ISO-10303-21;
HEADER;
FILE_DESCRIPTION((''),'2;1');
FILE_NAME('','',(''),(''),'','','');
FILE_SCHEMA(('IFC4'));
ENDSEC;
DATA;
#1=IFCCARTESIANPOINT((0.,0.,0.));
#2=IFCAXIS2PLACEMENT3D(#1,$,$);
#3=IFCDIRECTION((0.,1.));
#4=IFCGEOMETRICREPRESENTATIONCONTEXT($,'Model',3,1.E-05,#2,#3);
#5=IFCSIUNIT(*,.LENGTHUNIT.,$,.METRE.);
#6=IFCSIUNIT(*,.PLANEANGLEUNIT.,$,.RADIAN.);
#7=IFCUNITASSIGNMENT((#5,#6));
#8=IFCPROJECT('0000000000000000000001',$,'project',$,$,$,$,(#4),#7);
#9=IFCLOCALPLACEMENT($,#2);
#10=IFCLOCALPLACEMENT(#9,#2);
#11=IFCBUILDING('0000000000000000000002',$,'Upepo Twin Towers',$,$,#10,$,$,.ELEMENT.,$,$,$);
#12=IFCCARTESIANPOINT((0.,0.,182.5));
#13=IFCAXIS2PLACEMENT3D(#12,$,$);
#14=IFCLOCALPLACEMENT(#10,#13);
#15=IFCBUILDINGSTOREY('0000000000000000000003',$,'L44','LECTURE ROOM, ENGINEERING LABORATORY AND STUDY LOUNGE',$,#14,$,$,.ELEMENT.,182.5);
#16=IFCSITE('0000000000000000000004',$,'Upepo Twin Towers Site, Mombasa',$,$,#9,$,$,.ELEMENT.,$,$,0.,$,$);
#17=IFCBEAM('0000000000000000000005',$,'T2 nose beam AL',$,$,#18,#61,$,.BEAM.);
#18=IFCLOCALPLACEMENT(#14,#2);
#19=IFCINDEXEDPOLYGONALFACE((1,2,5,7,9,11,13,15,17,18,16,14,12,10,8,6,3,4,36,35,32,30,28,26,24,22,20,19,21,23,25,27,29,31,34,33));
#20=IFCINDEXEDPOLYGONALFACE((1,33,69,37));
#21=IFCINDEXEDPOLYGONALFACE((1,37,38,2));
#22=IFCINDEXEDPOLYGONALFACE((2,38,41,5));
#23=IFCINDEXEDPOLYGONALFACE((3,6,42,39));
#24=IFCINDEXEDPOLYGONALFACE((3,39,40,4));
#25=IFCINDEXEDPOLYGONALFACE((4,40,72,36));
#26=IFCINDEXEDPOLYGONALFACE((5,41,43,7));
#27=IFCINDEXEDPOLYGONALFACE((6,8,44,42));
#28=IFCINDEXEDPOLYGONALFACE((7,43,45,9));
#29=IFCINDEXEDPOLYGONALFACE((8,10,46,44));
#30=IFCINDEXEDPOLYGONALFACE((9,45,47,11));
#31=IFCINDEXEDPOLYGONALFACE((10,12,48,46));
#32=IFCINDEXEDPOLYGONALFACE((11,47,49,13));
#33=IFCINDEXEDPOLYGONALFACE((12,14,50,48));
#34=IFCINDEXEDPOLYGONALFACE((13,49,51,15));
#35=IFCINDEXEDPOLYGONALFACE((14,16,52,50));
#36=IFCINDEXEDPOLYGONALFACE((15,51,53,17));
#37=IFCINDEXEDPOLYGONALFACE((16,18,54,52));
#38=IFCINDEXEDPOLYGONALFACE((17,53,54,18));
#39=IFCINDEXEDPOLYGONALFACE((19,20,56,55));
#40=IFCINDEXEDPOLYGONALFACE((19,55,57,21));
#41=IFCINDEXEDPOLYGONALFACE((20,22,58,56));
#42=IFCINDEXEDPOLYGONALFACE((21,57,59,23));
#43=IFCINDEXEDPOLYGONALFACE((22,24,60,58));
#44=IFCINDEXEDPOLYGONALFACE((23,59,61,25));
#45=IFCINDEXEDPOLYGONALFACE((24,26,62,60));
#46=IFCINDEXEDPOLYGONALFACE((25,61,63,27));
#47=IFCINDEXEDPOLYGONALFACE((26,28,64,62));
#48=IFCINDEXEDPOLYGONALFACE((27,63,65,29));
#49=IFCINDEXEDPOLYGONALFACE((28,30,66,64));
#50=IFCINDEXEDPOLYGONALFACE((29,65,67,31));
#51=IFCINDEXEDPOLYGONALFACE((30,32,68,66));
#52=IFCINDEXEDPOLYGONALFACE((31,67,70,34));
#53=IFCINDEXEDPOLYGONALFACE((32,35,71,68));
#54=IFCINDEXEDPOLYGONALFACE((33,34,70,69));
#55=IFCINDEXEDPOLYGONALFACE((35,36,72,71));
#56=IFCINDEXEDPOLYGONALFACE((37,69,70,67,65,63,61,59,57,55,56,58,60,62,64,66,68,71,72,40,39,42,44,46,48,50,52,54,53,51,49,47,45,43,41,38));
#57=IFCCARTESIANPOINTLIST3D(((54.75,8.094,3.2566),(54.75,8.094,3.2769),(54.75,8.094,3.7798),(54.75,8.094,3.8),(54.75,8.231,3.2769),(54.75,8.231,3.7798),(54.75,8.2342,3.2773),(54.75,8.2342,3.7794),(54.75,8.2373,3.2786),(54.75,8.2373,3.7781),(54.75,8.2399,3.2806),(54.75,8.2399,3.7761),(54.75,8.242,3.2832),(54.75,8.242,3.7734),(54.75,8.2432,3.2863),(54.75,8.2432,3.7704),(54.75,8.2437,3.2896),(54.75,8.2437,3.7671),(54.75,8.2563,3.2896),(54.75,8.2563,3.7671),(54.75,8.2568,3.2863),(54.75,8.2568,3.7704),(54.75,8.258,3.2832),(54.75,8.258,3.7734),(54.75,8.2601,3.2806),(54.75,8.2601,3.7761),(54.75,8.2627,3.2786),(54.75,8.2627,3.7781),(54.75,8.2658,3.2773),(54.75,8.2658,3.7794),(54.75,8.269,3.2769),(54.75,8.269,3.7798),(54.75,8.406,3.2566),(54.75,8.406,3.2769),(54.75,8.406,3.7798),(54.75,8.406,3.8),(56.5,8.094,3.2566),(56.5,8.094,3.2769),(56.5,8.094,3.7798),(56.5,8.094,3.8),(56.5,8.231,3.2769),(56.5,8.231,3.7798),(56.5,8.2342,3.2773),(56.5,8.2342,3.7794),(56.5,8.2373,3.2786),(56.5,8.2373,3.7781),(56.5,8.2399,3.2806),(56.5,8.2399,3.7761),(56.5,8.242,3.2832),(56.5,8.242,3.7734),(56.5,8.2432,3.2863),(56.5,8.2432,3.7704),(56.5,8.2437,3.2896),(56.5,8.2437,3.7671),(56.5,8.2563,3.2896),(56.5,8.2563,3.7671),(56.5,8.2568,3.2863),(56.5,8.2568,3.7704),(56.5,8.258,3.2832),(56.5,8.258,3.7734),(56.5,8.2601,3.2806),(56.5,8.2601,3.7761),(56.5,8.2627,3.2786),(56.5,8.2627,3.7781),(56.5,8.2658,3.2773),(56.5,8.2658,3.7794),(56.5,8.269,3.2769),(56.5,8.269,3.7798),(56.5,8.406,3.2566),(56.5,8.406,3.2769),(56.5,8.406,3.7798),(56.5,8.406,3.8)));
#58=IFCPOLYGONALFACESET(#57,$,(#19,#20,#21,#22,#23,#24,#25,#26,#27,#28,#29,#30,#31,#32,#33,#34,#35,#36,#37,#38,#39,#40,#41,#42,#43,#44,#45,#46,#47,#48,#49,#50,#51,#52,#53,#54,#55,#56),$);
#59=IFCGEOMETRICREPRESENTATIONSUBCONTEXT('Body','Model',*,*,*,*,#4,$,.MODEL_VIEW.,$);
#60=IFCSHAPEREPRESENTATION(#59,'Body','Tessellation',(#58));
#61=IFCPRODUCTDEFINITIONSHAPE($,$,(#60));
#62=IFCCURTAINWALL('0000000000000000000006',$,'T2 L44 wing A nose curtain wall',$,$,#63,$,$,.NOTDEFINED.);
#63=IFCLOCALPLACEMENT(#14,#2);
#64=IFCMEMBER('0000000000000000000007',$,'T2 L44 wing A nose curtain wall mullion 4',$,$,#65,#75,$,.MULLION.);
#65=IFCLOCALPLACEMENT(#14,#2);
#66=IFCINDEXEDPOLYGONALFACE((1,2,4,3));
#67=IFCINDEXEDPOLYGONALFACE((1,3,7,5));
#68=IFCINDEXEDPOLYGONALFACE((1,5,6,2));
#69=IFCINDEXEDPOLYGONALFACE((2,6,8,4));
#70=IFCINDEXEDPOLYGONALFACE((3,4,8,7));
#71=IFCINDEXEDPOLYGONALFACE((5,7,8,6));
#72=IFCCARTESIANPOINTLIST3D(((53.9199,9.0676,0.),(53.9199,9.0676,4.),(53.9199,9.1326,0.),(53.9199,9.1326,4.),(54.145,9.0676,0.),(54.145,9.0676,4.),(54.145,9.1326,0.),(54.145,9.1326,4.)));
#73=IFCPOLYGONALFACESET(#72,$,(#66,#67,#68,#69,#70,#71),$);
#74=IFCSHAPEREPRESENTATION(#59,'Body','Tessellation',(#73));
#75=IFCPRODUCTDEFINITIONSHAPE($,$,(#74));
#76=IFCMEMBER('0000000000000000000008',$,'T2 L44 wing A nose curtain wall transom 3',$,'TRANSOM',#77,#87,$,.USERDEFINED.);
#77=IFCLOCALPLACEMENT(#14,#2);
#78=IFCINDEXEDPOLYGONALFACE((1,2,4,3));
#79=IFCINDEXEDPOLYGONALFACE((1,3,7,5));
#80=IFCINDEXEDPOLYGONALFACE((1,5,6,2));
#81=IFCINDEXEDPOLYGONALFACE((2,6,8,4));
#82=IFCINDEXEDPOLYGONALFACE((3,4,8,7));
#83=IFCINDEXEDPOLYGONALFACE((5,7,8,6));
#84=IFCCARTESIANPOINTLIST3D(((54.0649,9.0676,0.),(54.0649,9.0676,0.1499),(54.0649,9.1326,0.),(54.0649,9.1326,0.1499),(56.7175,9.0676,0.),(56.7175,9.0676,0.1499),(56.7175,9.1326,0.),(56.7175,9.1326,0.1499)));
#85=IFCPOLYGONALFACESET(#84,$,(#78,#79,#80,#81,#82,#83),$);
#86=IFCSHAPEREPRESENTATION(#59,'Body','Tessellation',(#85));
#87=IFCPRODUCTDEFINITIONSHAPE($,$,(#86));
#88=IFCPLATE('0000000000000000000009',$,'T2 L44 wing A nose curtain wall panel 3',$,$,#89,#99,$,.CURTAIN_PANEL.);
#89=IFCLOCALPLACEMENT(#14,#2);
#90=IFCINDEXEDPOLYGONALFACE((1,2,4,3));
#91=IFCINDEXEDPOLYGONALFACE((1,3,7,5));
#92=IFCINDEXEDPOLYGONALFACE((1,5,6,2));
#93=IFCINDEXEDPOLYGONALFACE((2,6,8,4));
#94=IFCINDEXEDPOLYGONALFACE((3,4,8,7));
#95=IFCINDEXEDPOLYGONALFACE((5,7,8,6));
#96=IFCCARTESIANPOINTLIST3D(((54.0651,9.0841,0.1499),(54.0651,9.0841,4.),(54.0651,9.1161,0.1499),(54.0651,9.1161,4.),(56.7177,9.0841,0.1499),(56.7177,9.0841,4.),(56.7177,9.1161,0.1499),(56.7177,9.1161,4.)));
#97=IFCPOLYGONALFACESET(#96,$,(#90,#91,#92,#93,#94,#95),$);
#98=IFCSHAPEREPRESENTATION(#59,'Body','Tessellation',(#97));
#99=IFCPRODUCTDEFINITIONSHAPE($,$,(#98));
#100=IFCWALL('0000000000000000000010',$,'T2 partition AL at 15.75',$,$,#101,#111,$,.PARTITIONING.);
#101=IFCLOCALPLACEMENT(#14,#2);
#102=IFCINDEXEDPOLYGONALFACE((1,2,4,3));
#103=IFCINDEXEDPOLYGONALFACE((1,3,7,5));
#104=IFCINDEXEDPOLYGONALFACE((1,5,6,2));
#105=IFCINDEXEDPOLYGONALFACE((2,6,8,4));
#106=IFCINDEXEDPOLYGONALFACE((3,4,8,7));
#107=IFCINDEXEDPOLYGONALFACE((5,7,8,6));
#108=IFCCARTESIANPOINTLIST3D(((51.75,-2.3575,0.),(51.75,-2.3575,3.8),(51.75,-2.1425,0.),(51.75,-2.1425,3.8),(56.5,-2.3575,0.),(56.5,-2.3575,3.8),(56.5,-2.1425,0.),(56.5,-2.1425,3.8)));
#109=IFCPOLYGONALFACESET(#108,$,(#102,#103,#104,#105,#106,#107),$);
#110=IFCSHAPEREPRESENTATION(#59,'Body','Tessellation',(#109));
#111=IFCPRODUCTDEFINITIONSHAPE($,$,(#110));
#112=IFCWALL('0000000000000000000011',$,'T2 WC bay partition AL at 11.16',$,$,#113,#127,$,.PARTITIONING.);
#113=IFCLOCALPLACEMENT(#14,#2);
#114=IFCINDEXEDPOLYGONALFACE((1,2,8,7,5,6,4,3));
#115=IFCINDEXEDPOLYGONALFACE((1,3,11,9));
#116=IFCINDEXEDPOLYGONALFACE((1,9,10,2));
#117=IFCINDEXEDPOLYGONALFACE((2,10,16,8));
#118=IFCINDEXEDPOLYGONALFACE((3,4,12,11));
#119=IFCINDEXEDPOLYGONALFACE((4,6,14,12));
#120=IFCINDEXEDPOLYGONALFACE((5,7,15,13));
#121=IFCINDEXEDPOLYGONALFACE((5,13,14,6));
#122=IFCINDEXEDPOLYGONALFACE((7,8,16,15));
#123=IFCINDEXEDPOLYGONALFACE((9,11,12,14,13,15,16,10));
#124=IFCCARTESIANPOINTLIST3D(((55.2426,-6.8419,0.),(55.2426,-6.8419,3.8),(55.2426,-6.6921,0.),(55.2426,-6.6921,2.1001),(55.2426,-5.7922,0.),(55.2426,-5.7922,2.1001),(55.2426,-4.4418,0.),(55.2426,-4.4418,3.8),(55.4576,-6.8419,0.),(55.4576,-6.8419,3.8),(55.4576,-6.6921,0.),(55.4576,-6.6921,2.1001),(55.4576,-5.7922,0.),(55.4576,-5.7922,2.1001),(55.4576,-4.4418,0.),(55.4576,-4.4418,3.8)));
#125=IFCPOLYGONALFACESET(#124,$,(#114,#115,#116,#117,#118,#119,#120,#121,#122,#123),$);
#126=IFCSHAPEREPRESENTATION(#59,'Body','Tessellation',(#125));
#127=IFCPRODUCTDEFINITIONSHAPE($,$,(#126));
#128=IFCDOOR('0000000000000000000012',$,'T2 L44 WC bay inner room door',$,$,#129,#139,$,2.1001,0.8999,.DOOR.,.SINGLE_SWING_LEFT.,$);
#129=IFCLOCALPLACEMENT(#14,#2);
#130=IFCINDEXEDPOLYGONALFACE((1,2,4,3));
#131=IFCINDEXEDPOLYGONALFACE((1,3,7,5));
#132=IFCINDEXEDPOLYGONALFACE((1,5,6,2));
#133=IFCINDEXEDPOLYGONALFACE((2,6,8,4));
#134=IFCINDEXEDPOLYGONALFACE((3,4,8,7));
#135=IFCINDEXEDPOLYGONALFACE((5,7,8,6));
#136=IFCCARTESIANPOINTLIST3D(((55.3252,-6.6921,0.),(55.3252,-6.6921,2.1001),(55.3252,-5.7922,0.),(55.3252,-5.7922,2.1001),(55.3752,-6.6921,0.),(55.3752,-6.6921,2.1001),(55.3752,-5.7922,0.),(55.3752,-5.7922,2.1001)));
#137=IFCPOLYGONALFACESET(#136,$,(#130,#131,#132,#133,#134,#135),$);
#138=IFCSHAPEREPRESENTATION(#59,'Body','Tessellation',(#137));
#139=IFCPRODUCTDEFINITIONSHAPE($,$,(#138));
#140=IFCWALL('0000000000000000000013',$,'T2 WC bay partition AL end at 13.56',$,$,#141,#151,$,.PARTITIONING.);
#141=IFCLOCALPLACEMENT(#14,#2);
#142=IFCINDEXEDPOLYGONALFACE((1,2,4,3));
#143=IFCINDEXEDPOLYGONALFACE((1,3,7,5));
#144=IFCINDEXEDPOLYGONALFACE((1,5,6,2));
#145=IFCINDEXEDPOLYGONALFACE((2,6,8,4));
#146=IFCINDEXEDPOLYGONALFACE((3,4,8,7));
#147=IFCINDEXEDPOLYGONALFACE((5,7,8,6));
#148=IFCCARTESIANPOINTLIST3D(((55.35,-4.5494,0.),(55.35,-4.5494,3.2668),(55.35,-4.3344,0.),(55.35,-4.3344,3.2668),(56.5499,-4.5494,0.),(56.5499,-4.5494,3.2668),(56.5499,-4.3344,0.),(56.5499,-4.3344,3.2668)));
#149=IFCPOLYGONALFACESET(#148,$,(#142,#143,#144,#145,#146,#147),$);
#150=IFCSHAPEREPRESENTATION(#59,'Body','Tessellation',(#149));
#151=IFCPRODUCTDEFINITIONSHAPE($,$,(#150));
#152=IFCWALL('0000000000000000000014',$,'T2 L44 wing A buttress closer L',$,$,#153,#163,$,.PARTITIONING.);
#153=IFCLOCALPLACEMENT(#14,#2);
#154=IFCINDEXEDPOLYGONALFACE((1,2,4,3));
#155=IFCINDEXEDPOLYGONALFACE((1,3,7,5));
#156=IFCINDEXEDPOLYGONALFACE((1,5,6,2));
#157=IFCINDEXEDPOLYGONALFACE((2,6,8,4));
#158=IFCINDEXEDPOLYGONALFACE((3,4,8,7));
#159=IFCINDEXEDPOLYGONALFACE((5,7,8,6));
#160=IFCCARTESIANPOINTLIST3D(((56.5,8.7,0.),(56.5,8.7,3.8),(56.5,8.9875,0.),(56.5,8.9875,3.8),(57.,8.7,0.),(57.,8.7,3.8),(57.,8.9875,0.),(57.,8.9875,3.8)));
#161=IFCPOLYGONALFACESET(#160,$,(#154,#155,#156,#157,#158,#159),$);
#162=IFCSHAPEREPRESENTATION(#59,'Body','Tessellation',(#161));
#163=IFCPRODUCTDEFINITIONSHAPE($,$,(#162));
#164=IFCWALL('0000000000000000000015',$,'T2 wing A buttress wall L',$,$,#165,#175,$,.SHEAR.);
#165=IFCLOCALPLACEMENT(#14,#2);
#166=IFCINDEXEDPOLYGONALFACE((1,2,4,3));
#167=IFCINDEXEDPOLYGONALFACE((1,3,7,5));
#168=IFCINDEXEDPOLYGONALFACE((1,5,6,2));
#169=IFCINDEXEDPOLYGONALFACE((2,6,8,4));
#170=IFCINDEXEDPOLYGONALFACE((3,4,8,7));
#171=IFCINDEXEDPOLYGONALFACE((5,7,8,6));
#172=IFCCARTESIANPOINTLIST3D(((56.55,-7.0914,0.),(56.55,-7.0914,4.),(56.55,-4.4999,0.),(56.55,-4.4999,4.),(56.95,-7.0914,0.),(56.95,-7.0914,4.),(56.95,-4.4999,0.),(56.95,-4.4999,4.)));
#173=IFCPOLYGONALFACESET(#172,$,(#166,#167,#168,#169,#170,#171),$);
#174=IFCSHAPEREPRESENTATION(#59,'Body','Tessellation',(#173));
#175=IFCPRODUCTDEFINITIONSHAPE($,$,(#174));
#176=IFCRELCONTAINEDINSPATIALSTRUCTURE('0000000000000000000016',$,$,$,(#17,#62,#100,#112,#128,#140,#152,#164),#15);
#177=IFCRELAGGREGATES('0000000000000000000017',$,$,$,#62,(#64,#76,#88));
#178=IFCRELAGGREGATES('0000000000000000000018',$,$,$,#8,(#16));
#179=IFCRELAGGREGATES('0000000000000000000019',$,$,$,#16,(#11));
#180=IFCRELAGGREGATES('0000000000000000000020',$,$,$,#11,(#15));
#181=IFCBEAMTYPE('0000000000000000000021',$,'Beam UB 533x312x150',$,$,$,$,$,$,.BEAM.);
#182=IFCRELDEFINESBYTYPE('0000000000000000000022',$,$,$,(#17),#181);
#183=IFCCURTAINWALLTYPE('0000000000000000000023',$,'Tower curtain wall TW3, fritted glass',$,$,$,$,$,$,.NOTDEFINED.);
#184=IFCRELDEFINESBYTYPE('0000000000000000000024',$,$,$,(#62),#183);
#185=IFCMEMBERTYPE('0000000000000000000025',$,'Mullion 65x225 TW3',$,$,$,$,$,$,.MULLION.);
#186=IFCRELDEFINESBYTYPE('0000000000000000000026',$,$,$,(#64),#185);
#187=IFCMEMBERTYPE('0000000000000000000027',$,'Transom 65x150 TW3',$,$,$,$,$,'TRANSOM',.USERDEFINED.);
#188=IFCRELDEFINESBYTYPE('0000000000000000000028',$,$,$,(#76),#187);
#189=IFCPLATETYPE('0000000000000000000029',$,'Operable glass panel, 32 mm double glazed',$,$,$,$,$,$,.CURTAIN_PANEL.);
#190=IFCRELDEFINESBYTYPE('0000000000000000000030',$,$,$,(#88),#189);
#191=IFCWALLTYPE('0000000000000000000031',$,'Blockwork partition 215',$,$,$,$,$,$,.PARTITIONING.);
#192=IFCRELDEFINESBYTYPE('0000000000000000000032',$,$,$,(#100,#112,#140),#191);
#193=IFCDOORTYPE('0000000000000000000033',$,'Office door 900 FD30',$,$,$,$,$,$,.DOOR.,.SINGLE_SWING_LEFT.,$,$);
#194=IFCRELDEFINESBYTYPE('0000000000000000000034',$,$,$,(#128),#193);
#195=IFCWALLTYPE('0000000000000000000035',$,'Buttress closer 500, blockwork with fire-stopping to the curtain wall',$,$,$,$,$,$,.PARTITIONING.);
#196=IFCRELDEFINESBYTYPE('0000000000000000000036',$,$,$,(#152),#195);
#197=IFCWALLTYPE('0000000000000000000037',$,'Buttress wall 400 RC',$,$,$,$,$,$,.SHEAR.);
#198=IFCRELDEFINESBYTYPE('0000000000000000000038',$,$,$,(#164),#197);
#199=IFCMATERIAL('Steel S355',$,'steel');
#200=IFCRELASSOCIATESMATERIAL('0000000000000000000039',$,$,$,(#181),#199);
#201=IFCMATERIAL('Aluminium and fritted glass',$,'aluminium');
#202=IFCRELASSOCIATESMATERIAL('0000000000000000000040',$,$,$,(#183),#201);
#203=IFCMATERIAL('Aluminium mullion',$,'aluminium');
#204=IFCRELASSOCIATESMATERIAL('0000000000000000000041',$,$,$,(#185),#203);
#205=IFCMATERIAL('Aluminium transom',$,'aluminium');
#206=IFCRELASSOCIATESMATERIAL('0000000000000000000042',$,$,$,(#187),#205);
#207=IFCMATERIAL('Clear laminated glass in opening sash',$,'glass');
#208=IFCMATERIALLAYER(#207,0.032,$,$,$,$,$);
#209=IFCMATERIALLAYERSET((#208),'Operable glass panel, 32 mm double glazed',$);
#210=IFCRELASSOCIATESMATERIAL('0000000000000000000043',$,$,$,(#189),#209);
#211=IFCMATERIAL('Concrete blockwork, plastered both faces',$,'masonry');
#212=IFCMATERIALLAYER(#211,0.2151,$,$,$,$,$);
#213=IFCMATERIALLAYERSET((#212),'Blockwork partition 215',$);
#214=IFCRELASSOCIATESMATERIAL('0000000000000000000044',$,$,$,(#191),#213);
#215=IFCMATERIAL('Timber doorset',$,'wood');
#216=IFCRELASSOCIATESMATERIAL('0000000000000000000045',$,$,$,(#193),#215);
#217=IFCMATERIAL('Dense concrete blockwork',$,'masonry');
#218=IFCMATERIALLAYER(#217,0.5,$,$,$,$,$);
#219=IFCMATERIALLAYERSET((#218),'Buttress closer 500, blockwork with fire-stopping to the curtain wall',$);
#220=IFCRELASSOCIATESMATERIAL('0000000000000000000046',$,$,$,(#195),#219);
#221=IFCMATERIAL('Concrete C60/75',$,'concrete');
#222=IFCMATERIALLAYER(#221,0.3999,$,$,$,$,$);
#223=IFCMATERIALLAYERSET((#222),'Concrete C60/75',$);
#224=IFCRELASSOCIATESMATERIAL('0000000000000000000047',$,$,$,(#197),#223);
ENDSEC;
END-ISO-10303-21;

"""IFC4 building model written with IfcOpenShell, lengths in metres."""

from ifc_helpers import new_model, si_unit, direction, frame, frame_2d, origin, origin_2d, place, context, subcontext, project, spatial, rectangle, i_section, extrude, material, layer, layer_set, material_profile, profile_set, type_object, element, fill, aggregate, save


model = new_model("IFC4")

# Units and contexts
model_context = context("Model", 3, precision=1e-05, world=origin(), true_north=direction((0.0, 1.0)))
body_context = subcontext(model_context, "Body", "Model", "MODEL_VIEW")
ifc_project = project(units=[si_unit("LENGTHUNIT", "METRE"), si_unit("PLANEANGLEUNIT", "RADIAN")], contexts=[model_context])

# Site, building, storey
site_placement = place(None, origin())
site = spatial("IfcSite", under=ifc_project, at=site_placement, Name="Upepo Twin Towers Site, Mombasa", CompositionType="ELEMENT", RefElevation=0.0)
building_placement = place(site_placement, origin())
building = spatial("IfcBuilding", under=site, at=building_placement, Name="Upepo Twin Towers", CompositionType="ELEMENT")
storey_placement = place(building_placement, frame((0.0, 0.0, 182.5)))
storey = spatial("IfcBuildingStorey", under=building, at=storey_placement, Name="L44", Description="LECTURE ROOM, ENGINEERING LABORATORY AND STUDY LOUNGE", CompositionType="ELEMENT", Elevation=182.5)

# Beam
ifc_material_1 = material(Name="Steel S355", Category="steel")
ifc_material_profile_1 = material_profile(ifc_material_1, i_section(OverallWidth=0.312, OverallDepth=0.5435, WebThickness=0.0127, FlangeThickness=0.0203, FilletRadius=0.0127, at=origin_2d()), Name="UB 533x312x150")
ifc_profile_set_1 = profile_set([ifc_material_profile_1], Name="Steel S355")
beam_type_1 = type_object("IfcBeamType", Name="Beam UB 533x312x150", PredefinedType="BEAM", material=ifc_profile_set_1)
beam_1_placement = place(storey_placement, frame((54.75, 8.25, 3.5283), z_axis=(1.0, 0.0, 0.0), x_axis=(0.0, 1.0, 0.0)))
element("IfcBeam", 1, at=beam_1_placement, inside=storey, type_object=beam_type_1, Name="T2 nose beam AL", PredefinedType="BEAM", context=body_context, shape_type="SweptSolid", body=[
    extrude(i_section(OverallWidth=0.312, OverallDepth=0.5435, WebThickness=0.0127, FlangeThickness=0.0203, FilletRadius=0.0127, at=origin_2d()), origin(), (0.0, 0.0, 1.0), 1.75),
])

# Curtain wall, members, plate
ifc_material_2 = material(Name="Aluminium and fritted glass", Category="aluminium")
curtain_wall_type = type_object("IfcCurtainWallType", Name="Tower curtain wall TW3, fritted glass", PredefinedType="NOTDEFINED", material=ifc_material_2)
curtain_wall_placement = place(storey_placement, origin())
curtain_wall = element("IfcCurtainWall", 2, at=curtain_wall_placement, inside=storey, type_object=curtain_wall_type, Name="T2 L44 wing A nose curtain wall", PredefinedType="NOTDEFINED")
ifc_material_3 = material(Name="Aluminium mullion", Category="aluminium")
ifc_material_profile_2 = material_profile(ifc_material_3, rectangle(XDim=0.0649, YDim=0.2251, at=origin_2d()), Name="MULLION 65x225")
ifc_profile_set_2 = profile_set([ifc_material_profile_2], Name="Aluminium mullion")
member_type_1 = type_object("IfcMemberType", Name="Mullion 65x225 TW3", PredefinedType="MULLION", material=ifc_profile_set_2)
member_1_placement = place(storey_placement, frame((54.0325, 9.1001, 0.0), z_axis=(0.0, 0.0, 1.0), x_axis=(0.0, -1.0, 0.0)))
member_1 = element("IfcMember", 3, at=member_1_placement, type_object=member_type_1, Name="T2 L44 wing A nose curtain wall mullion 4", PredefinedType="MULLION", context=body_context, shape_type="SweptSolid", body=[
    extrude(rectangle(XDim=0.0649, YDim=0.2251, at=origin_2d()), origin(), (0.0, 0.0, 1.0), 4.0),
])
ifc_material_4 = material(Name="Aluminium transom", Category="aluminium")
ifc_material_profile_3 = material_profile(ifc_material_4, rectangle(XDim=0.0649, YDim=0.1499, at=origin_2d()), Name="TRANSOM 65x150")
ifc_profile_set_3 = profile_set([ifc_material_profile_3], Name="Aluminium transom")
member_type_2 = type_object("IfcMemberType", Name="Transom 65x150 TW3", ElementType="TRANSOM", PredefinedType="USERDEFINED", material=ifc_profile_set_3)
member_2_placement = place(storey_placement, frame((56.7175, 9.1001, 0.075), z_axis=(-1.0, 0.0, 0.0), x_axis=(0.0, -1.0, 0.0)))
member_2 = element("IfcMember", 4, at=member_2_placement, type_object=member_type_2, Name="T2 L44 wing A nose curtain wall transom 3", ObjectType="TRANSOM", PredefinedType="USERDEFINED", context=body_context, shape_type="SweptSolid", body=[
    extrude(rectangle(XDim=0.0649, YDim=0.1499, at=origin_2d()), origin(), (0.0, 0.0, 1.0), 2.6526),
])
ifc_material_5 = material(Name="Clear laminated glass in opening sash", Category="glass")
ifc_layer_1 = layer(ifc_material_5, 0.032)
ifc_layer_set_1 = layer_set([ifc_layer_1], Name="Operable glass panel, 32 mm double glazed")
plate_type = type_object("IfcPlateType", Name="Operable glass panel, 32 mm double glazed", PredefinedType="CURTAIN_PANEL", material=ifc_layer_set_1)
plate_placement = place(storey_placement, frame((55.3914, 9.1001, 0.1499), z_axis=(0.0, 0.0, 1.0), x_axis=(-1.0, 0.0, 0.0)))
plate = element("IfcPlate", 5, at=plate_placement, type_object=plate_type, Name="T2 L44 wing A nose curtain wall panel 3", PredefinedType="CURTAIN_PANEL", context=body_context, shape_type="SweptSolid", body=[
    extrude(rectangle(XDim=2.6526, YDim=0.032, at=origin_2d()), origin(), (0.0, 0.0, 1.0), 3.8501),
])
aggregate(curtain_wall, [member_1, member_2, plate])

# Wall
ifc_material_6 = material(Name="Concrete blockwork, plastered both faces", Category="masonry")
ifc_layer_2 = layer(ifc_material_6, 0.2151)
ifc_layer_set_2 = layer_set([ifc_layer_2], Name="Blockwork partition 215")
wall_type_1 = type_object("IfcWallType", Name="Blockwork partition 215", PredefinedType="PARTITIONING", material=ifc_layer_set_2)
wall_1_placement = place(storey_placement, frame((56.5, -2.25, 0.0), z_axis=(0.0, 0.0, 1.0), x_axis=(-1.0, 0.0, 0.0)))
element("IfcWall", 6, at=wall_1_placement, inside=storey, type_object=wall_type_1, Name="T2 partition AL at 15.75", PredefinedType="PARTITIONING", context=body_context, shape_type="SweptSolid", body=[
    extrude(rectangle(XDim=4.75, YDim=0.2151, at=frame_2d((2.375, 0.0))), origin(), (0.0, 0.0, 1.0), 3.8),
])

# Wall, opening, door
wall_2_placement = place(storey_placement, frame((55.3501, -6.842, 0.0), z_axis=(0.0, 0.0, 1.0), x_axis=(0.0, 1.0, 0.0)))
wall_2 = element("IfcWall", 7, at=wall_2_placement, inside=storey, type_object=wall_type_1, Name="T2 WC bay partition AL at 11.16", PredefinedType="PARTITIONING", context=body_context, shape_type="SweptSolid", body=[
    extrude(rectangle(XDim=2.4001, YDim=0.2151, at=frame_2d((1.2002, 0.0))), origin(), (0.0, 0.0, 1.0), 3.8),
])
opening_1_placement = place(wall_2_placement, frame((0.1499, 0.0, 0.0)))
opening_1 = element("IfcOpeningElement", 8, at=opening_1_placement, cuts=wall_2, PredefinedType="OPENING", context=body_context, shape_type="SweptSolid", body=[
    extrude(rectangle(XDim=0.8999, YDim=2.1001, at=frame_2d((0.45, 1.05))), frame((0.0, 0.1174, 0.0), z_axis=(0.0, -1.0, 0.0), x_axis=(1.0, 0.0, 0.0)), (0.0, 0.0, 1.0), 0.2351),
])
ifc_material_7 = material(Name="Timber doorset", Category="wood")
door_type_1 = type_object("IfcDoorType", Name="Office door 900 FD30", OperationType="SINGLE_SWING_LEFT", PredefinedType="DOOR", material=ifc_material_7)
door_1_placement = place(opening_1_placement, origin())
door_1 = element("IfcDoor", 9, at=door_1_placement, inside=storey, type_object=door_type_1, Name="T2 L44 WC bay inner room door", OperationType="SINGLE_SWING_LEFT", OverallHeight=2.1001, OverallWidth=0.8999, PredefinedType="DOOR", context=body_context, shape_type="SweptSolid", body=[
    extrude(rectangle(XDim=0.8999, YDim=2.1001, at=frame_2d((0.45, 1.05))), frame((0.0, 0.0249, 0.0), z_axis=(0.0, -1.0, 0.0), x_axis=(1.0, 0.0, 0.0)), (0.0, 0.0, 1.0), 0.05),
])
fill(opening_1, door_1)

# Walls
wall_3_placement = place(storey_placement, frame((56.55, -4.4419, 0.0), z_axis=(0.0, 0.0, 1.0), x_axis=(-1.0, 0.0, 0.0)))
element("IfcWall", 10, at=wall_3_placement, inside=storey, type_object=wall_type_1, Name="T2 WC bay partition AL end at 13.56", PredefinedType="PARTITIONING", context=body_context, shape_type="SweptSolid", body=[
    extrude(rectangle(XDim=1.2, YDim=0.2151, at=frame_2d((0.6001, 0.0))), origin(), (0.0, 0.0, 1.0), 3.2668),
])
ifc_material_8 = material(Name="Dense concrete blockwork", Category="masonry")
ifc_layer_3 = layer(ifc_material_8, 0.5)
ifc_layer_set_3 = layer_set([ifc_layer_3], Name="Buttress closer 500, blockwork with fire-stopping to the curtain wall")
wall_type_2 = type_object("IfcWallType", Name="Buttress closer 500, blockwork with fire-stopping to the curtain wall", PredefinedType="PARTITIONING", material=ifc_layer_set_3)
wall_4_placement = place(storey_placement, frame((56.75, 8.7, 0.0), z_axis=(0.0, 0.0, 1.0), x_axis=(0.0, 1.0, 0.0)))
element("IfcWall", 11, at=wall_4_placement, inside=storey, type_object=wall_type_2, Name="T2 L44 wing A buttress closer L", PredefinedType="PARTITIONING", context=body_context, shape_type="SweptSolid", body=[
    extrude(rectangle(XDim=0.2876, YDim=0.5, at=frame_2d((0.1438, 0.0))), origin(), (0.0, 0.0, 1.0), 3.8),
])
ifc_material_9 = material(Name="Concrete C60/75", Category="concrete")
ifc_layer_4 = layer(ifc_material_9, 0.3999)
ifc_layer_set_4 = layer_set([ifc_layer_4], Name="Concrete C60/75")
wall_type_3 = type_object("IfcWallType", Name="Buttress wall 400 RC", PredefinedType="SHEAR", material=ifc_layer_set_4)
wall_5_placement = place(storey_placement, frame((56.75, -7.0916, 0.0), z_axis=(0.0, 0.0, 1.0), x_axis=(0.0, 1.0, 0.0)))
element("IfcWall", 12, at=wall_5_placement, inside=storey, type_object=wall_type_3, Name="T2 wing A buttress wall L", PredefinedType="SHEAR", context=body_context, shape_type="SweptSolid", body=[
    extrude(rectangle(XDim=2.5916, YDim=0.3999, at=frame_2d((1.2959, 0.0))), origin(), (0.0, 0.0, 1.0), 4.0),
])

save(model, "model.ifc")
